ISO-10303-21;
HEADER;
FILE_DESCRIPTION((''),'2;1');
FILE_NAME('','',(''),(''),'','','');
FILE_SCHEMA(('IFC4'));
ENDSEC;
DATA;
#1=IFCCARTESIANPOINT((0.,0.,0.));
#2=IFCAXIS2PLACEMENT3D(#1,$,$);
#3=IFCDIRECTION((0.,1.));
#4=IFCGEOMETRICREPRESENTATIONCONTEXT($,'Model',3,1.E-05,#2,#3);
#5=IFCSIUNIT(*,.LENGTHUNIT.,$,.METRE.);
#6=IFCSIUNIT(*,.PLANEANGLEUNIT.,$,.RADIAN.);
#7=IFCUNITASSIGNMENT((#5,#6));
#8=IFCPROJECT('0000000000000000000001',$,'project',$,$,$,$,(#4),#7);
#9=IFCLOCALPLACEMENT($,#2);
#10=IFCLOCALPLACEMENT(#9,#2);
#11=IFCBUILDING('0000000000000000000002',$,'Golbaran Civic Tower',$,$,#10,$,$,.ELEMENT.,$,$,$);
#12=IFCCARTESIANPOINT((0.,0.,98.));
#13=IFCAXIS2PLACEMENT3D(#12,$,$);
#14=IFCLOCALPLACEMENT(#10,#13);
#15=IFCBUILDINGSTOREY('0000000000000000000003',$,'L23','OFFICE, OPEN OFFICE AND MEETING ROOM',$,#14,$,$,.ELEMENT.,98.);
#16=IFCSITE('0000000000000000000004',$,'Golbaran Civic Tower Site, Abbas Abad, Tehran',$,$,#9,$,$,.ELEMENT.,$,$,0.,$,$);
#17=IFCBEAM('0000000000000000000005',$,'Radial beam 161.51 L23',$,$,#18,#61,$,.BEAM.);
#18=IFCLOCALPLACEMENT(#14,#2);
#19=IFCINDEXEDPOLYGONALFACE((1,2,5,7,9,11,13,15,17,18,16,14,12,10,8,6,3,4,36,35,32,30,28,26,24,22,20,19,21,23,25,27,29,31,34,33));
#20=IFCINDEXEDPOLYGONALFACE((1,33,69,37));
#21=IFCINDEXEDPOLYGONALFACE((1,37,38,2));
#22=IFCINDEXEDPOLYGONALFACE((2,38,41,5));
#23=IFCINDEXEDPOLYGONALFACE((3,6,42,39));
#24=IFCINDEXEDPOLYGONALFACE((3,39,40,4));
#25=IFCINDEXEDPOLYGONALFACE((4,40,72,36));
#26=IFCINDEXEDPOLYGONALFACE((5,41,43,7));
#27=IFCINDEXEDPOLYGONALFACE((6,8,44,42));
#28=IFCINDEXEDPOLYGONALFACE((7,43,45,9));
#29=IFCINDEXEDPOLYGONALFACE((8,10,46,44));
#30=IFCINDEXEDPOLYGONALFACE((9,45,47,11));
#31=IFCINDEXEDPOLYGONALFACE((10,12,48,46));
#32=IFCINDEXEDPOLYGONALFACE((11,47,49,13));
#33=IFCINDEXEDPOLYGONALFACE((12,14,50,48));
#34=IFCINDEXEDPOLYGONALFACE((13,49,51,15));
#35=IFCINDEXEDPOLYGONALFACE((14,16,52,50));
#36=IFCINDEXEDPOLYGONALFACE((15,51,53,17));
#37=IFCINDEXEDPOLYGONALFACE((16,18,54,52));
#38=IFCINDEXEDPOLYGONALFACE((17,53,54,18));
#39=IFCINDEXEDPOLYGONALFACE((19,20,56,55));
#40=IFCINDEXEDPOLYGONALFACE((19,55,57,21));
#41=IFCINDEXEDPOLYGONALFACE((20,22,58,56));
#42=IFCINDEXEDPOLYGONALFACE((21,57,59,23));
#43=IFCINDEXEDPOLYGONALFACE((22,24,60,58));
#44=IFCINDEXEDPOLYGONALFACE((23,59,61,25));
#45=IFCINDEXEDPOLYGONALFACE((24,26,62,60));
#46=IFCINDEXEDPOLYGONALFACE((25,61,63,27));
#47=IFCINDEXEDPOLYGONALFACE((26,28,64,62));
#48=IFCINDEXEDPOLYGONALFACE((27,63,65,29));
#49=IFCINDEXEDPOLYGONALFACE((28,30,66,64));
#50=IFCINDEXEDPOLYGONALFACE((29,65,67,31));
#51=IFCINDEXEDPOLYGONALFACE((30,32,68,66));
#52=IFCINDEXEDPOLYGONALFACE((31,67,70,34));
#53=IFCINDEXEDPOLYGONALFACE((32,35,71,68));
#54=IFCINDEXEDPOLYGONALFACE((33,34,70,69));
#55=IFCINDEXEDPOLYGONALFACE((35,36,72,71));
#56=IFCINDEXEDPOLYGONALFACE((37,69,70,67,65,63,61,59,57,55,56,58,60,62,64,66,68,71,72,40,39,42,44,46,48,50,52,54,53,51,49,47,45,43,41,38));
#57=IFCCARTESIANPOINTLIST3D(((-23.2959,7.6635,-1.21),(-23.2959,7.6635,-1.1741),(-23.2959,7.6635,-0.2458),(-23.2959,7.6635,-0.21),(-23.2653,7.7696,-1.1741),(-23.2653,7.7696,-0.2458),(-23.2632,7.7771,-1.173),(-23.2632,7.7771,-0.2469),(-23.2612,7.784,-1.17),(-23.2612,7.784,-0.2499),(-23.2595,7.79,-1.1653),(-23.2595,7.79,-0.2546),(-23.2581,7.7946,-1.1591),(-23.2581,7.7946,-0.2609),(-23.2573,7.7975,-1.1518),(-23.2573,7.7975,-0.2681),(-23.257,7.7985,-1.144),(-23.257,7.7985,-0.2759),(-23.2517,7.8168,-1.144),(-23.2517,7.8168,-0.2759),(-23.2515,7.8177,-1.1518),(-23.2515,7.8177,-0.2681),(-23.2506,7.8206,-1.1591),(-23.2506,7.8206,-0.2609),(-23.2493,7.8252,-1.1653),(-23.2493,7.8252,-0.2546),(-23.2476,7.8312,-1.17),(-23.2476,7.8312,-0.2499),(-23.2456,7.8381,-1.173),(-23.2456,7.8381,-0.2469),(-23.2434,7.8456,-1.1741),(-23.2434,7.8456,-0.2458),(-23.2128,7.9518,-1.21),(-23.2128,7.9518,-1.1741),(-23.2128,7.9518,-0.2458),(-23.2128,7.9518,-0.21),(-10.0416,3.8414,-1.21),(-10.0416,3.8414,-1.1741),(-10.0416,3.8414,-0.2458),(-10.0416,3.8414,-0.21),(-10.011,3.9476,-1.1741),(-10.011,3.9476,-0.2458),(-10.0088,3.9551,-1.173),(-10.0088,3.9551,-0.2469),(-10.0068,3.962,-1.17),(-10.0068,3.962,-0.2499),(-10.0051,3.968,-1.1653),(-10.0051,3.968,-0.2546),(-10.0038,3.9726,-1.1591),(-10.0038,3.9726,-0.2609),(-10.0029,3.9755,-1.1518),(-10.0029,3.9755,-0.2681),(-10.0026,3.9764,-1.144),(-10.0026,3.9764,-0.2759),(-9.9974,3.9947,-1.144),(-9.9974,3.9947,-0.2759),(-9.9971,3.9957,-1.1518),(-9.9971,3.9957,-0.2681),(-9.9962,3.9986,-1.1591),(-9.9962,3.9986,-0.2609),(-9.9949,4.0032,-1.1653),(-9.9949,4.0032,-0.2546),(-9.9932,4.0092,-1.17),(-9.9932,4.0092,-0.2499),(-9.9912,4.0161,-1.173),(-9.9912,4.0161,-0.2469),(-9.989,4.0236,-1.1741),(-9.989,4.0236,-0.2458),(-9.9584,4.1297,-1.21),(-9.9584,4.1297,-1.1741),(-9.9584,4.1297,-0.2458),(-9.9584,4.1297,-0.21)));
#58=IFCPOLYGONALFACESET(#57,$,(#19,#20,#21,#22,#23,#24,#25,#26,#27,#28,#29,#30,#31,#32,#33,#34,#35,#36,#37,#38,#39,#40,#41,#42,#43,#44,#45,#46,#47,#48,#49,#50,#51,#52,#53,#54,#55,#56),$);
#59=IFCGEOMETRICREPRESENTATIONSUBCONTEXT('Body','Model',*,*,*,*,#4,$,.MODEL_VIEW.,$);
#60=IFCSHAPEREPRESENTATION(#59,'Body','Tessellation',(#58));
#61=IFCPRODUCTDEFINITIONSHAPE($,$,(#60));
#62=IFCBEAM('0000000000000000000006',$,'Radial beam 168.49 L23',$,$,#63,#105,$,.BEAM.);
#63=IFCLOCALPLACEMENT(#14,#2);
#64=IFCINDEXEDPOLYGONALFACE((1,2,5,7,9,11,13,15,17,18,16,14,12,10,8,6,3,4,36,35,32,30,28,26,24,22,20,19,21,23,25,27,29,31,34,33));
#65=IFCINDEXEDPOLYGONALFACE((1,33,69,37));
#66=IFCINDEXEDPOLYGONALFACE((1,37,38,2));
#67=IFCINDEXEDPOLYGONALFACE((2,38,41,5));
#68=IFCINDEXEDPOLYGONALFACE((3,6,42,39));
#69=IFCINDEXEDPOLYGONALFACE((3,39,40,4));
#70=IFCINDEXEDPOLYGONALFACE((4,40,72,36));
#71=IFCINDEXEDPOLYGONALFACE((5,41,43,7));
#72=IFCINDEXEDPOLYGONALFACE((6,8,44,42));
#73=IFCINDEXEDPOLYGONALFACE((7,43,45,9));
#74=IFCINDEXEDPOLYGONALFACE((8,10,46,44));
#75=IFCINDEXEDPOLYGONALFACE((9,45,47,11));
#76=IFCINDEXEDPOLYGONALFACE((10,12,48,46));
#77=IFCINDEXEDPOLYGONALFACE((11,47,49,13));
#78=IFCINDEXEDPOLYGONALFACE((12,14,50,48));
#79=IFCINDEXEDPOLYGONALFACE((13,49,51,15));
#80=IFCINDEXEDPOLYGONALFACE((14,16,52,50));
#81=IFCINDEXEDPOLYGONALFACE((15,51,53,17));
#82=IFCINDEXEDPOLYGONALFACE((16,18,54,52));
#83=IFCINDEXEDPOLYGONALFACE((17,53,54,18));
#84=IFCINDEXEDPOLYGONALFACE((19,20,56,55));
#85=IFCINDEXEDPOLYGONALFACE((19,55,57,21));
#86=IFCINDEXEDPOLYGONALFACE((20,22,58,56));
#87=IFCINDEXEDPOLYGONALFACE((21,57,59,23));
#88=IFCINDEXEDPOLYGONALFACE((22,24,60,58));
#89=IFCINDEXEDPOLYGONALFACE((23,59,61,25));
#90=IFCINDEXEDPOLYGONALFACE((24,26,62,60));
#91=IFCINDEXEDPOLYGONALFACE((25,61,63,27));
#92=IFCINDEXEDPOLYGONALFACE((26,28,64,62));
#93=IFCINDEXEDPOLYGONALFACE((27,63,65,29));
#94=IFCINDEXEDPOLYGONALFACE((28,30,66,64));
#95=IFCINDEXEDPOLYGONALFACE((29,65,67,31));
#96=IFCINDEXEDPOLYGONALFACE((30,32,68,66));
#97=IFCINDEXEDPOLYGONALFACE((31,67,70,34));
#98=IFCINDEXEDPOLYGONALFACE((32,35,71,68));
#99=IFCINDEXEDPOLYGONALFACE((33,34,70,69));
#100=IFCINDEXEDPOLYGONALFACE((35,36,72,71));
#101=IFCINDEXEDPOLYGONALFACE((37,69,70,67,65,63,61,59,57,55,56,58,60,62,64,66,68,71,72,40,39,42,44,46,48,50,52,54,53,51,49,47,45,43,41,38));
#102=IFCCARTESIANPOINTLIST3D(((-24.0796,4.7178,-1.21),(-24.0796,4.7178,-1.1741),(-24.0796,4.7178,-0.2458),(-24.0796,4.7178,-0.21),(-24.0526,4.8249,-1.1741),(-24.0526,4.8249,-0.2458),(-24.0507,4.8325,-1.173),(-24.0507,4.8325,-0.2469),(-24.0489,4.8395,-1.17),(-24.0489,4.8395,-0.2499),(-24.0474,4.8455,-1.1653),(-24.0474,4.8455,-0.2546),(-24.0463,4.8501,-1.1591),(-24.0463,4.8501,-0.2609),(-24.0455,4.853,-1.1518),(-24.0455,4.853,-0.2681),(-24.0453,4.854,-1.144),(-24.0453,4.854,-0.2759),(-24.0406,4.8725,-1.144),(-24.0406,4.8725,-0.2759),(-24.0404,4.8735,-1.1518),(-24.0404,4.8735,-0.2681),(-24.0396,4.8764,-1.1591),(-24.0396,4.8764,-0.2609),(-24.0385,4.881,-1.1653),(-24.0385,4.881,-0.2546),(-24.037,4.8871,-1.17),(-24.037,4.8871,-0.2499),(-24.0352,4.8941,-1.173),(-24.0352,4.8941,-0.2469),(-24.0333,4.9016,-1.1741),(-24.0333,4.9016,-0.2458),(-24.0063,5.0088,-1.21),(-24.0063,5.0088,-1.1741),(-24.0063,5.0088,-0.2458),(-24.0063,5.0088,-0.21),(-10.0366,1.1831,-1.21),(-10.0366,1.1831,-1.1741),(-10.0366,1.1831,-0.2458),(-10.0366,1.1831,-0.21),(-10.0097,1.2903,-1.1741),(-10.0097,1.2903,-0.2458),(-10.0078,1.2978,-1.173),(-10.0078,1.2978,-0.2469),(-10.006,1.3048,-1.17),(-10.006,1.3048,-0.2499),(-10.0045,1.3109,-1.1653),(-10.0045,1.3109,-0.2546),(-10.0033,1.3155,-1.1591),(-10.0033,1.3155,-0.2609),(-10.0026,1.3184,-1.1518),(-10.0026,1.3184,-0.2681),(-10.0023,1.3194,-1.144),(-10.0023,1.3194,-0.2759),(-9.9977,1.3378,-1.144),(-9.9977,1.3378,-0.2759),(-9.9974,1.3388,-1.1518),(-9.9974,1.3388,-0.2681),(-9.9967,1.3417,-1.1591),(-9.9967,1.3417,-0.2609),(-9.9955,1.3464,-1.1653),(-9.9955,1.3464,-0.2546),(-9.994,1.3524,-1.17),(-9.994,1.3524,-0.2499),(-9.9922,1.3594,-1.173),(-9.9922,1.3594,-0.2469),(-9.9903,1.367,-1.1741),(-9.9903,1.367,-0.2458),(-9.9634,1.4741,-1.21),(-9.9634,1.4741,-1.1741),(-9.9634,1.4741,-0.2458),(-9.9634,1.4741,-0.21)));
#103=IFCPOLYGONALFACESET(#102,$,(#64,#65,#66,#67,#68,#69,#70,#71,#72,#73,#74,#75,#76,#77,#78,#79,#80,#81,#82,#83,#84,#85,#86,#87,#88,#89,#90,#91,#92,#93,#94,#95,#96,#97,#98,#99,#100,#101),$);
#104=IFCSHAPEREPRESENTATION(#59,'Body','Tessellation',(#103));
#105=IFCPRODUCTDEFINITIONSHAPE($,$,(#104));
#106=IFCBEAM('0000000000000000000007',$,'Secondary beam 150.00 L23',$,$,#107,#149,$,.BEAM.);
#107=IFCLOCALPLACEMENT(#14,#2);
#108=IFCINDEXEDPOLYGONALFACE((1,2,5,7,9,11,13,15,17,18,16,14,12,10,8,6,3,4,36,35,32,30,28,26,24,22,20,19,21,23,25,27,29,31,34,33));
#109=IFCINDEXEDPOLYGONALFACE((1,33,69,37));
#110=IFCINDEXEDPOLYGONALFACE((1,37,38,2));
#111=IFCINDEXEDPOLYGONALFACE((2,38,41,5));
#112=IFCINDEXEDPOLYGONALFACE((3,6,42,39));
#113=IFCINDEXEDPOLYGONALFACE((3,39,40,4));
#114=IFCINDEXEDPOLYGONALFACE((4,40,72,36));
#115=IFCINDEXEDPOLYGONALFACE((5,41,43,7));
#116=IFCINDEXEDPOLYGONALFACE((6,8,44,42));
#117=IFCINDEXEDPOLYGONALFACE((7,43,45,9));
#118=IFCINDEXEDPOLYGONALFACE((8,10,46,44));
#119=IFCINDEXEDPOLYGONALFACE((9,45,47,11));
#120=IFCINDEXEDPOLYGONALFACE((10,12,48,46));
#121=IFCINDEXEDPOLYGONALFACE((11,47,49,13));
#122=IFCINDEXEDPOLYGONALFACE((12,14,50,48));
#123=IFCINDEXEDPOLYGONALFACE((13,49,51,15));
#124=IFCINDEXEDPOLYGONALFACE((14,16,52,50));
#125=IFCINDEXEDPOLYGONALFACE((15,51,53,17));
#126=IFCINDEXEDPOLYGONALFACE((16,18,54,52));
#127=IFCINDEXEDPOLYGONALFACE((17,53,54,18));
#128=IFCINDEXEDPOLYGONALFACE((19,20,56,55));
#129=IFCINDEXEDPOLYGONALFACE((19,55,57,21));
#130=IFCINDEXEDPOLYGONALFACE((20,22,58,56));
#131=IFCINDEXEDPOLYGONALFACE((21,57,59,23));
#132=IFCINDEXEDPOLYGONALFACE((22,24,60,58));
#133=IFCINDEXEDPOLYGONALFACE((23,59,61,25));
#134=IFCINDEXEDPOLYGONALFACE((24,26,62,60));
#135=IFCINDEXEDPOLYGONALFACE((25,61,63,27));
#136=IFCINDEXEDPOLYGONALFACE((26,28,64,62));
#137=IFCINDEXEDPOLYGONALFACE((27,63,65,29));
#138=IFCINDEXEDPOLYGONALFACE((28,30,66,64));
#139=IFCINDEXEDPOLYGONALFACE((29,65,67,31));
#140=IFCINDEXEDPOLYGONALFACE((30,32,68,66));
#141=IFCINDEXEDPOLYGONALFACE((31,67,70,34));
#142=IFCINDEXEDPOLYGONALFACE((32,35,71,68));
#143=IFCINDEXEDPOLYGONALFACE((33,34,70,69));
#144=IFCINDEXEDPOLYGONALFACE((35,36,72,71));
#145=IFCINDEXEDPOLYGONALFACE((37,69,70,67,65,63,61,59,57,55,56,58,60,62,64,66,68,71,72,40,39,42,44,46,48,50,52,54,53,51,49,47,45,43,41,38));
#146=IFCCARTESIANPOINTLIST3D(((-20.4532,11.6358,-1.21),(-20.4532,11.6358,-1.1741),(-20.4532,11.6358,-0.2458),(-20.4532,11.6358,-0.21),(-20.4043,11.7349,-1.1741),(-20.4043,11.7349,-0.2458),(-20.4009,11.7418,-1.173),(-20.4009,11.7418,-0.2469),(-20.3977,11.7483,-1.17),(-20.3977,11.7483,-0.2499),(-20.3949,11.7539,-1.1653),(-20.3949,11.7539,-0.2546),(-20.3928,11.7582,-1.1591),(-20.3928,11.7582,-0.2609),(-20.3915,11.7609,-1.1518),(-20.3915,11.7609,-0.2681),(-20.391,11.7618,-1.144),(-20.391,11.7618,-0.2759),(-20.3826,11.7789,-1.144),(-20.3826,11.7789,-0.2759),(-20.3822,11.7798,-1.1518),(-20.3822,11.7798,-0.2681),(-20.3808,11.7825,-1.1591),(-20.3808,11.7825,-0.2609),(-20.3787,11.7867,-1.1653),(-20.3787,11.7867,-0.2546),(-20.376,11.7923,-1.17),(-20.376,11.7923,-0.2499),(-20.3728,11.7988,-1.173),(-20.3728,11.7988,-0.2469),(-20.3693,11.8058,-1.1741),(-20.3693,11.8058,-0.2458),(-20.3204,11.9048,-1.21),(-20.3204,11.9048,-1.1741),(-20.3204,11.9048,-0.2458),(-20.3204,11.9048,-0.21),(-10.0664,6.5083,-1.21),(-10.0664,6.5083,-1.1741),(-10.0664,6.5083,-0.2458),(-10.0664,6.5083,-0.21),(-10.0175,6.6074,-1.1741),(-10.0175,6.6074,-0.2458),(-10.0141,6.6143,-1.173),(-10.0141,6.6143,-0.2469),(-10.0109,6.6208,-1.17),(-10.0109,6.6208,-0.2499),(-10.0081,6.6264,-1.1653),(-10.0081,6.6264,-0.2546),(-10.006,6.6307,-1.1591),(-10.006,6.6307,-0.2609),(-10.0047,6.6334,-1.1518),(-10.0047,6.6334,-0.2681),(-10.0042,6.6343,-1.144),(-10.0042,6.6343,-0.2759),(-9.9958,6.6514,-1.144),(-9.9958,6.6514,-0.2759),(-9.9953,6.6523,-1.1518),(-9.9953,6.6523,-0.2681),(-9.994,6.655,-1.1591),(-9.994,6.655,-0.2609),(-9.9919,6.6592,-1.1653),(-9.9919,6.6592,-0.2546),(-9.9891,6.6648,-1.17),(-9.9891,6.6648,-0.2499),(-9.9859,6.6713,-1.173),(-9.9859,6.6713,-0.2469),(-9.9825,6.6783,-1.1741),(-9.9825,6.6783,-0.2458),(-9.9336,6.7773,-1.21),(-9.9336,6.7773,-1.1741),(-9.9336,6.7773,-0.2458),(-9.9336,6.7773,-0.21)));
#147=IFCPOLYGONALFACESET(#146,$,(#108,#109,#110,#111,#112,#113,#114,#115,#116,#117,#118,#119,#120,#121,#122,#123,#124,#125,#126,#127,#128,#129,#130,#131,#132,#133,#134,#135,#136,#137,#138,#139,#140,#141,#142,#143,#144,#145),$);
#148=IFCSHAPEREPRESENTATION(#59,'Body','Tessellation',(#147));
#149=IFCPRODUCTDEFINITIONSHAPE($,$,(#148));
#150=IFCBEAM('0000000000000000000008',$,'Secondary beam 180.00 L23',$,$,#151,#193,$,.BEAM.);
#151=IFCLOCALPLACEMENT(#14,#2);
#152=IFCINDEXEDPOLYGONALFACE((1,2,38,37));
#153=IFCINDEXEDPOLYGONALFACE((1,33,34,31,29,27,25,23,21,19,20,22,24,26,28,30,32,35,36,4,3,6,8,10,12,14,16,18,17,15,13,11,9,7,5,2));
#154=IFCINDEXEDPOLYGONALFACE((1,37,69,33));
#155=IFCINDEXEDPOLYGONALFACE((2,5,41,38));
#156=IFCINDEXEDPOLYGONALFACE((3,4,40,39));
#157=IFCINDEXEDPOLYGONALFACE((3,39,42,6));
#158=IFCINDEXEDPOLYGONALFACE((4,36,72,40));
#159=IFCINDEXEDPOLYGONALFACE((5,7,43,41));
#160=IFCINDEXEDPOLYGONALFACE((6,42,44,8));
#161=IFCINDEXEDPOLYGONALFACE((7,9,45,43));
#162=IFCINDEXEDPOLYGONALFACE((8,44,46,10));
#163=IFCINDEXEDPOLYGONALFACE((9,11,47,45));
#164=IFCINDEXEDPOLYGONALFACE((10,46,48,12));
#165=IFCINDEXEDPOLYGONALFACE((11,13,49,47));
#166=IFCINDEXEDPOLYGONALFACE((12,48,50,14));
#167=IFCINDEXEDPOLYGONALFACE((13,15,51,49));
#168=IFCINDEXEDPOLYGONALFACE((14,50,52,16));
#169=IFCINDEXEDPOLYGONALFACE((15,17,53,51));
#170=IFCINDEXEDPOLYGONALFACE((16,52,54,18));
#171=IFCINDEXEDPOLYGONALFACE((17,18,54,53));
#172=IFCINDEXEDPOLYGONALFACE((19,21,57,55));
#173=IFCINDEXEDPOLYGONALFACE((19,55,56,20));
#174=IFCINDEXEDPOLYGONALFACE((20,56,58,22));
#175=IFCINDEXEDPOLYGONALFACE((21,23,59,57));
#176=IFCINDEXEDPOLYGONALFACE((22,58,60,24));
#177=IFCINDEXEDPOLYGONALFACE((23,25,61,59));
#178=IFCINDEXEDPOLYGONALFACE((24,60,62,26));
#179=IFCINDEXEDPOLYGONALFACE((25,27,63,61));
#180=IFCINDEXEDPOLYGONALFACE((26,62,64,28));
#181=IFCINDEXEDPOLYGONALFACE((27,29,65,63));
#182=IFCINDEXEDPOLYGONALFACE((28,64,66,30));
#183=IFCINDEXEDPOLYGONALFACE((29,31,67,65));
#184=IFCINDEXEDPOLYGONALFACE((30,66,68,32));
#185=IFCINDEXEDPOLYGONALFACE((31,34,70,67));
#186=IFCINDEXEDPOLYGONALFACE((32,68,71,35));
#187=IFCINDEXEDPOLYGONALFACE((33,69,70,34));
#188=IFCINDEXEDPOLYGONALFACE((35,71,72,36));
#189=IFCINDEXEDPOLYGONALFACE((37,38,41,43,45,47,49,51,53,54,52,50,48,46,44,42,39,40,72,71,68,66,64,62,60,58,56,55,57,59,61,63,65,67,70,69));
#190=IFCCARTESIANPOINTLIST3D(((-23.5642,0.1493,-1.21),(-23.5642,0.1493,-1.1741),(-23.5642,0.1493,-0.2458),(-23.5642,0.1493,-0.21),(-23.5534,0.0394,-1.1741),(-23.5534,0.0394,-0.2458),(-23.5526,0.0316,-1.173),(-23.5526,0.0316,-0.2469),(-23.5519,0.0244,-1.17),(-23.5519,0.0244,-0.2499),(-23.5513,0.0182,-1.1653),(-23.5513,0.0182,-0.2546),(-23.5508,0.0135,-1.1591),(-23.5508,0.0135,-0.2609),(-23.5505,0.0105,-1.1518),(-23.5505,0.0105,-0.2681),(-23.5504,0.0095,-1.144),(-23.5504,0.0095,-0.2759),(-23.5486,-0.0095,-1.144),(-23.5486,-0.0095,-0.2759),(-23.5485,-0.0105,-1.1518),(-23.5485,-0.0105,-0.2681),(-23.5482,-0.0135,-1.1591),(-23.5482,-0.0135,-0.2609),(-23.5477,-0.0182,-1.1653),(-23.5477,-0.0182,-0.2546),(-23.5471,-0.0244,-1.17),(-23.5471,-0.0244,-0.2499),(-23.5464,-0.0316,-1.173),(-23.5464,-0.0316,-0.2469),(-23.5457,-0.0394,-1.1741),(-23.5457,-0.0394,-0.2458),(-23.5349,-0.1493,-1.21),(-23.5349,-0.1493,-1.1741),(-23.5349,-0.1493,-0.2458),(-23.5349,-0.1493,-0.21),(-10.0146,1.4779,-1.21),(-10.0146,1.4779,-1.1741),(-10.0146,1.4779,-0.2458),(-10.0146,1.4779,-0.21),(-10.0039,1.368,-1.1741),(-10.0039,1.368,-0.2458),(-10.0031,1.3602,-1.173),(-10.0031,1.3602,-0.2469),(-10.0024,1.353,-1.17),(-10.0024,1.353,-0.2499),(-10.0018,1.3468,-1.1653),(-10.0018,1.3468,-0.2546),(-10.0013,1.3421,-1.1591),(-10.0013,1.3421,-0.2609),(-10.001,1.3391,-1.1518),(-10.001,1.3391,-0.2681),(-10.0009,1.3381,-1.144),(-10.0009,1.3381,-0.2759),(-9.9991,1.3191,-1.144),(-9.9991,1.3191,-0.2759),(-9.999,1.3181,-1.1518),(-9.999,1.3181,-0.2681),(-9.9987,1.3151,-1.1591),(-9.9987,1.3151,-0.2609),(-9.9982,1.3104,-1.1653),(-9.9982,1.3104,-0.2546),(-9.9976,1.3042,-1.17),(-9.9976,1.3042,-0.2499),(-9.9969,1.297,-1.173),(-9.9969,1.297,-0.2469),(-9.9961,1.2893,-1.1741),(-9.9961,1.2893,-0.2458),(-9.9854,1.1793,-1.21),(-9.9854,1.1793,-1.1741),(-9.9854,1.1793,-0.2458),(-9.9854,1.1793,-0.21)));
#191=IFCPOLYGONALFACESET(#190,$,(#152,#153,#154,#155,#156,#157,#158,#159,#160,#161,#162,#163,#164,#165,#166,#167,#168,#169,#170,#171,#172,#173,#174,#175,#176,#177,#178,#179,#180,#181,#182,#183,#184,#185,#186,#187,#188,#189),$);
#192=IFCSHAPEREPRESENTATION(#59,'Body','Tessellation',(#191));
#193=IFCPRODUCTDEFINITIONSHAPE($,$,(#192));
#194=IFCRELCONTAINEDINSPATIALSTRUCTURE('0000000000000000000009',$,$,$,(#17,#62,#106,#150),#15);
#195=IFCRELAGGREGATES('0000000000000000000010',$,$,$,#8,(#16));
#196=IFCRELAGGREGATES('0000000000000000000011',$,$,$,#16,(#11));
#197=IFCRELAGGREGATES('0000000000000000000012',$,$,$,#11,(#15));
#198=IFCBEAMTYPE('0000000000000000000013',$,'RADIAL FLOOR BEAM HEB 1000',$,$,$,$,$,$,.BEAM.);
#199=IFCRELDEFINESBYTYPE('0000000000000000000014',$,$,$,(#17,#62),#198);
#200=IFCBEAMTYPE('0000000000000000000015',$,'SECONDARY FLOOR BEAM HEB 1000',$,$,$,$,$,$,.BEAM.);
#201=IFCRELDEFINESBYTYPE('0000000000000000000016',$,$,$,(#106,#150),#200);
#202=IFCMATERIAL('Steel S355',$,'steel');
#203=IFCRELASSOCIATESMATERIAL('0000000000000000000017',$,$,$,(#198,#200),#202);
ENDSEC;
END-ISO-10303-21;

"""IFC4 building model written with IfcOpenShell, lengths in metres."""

from ifc_helpers import new_model, si_unit, direction, frame, origin, origin_2d, place, context, subcontext, project, spatial, i_section, extrude, material, material_profile, profile_set, type_object, element, save


model = new_model("IFC4")

# Units and contexts
model_context = context("Model", 3, precision=1e-05, world=origin(), true_north=direction((0.0, 1.0)))
body_context = subcontext(model_context, "Body", "Model", "MODEL_VIEW")
ifc_project = project(units=[si_unit("LENGTHUNIT", "METRE"), si_unit("PLANEANGLEUNIT", "RADIAN")], contexts=[model_context])

# Site, building, storey
site_placement = place(None, origin())
site = spatial("IfcSite", under=ifc_project, at=site_placement, Name="Golbaran Civic Tower Site, Abbas Abad, Tehran", CompositionType="ELEMENT", RefElevation=0.0)
building_placement = place(site_placement, origin())
building = spatial("IfcBuilding", under=site, at=building_placement, Name="Golbaran Civic Tower", CompositionType="ELEMENT")
storey_placement = place(building_placement, frame((0.0, 0.0, 98.0)))
storey = spatial("IfcBuildingStorey", under=building, at=storey_placement, Name="L23", Description="OFFICE, OPEN OFFICE AND MEETING ROOM", CompositionType="ELEMENT", Elevation=98.0)

# Beams
ifc_material_1 = material(Name="Steel S355", Category="steel")
ifc_material_profile_1 = material_profile(ifc_material_1, i_section(OverallWidth=0.3, OverallDepth=1.0, WebThickness=0.019, FlangeThickness=0.0359, FilletRadius=0.03, at=origin_2d()), Name="HEB 1000")
ifc_profile_set_1 = profile_set([ifc_material_profile_1], Name="Steel S355")
beam_type_1 = type_object("IfcBeamType", Name="RADIAL FLOOR BEAM HEB 1000", PredefinedType="BEAM", material=ifc_profile_set_1)
beam_1_placement = place(storey_placement, frame((-10.0, 3.9856, -0.71), z_axis=(-0.96085, 0.27707, 0.0), x_axis=(-0.27707, -0.96085, 0.0)))
element("IfcBeam", 1, at=beam_1_placement, inside=storey, type_object=beam_type_1, Name="Radial beam 161.51 L23", PredefinedType="BEAM", context=body_context, shape_type="SweptSolid", body=[
    extrude(i_section(OverallWidth=0.3, OverallDepth=1.0, WebThickness=0.019, FlangeThickness=0.0359, FilletRadius=0.03, at=origin_2d()), origin(), (0.0, 0.0, 1.0), 13.7944),
])
beam_2_placement = place(storey_placement, frame((-10.0, 1.3286, -0.71), z_axis=(-0.969752, 0.24409, 0.0), x_axis=(-0.24409, -0.969752, 0.0)))
element("IfcBeam", 2, at=beam_2_placement, inside=storey, type_object=beam_type_1, Name="Radial beam 168.49 L23", PredefinedType="BEAM", context=body_context, shape_type="SweptSolid", body=[
    extrude(i_section(OverallWidth=0.3, OverallDepth=1.0, WebThickness=0.019, FlangeThickness=0.0359, FilletRadius=0.03, at=origin_2d()), origin(), (0.0, 0.0, 1.0), 14.481),
])
ifc_material_profile_2 = material_profile(ifc_material_1, i_section(OverallWidth=0.3, OverallDepth=1.0, WebThickness=0.019, FlangeThickness=0.0359, FilletRadius=0.03, at=origin_2d()), Name="HEB 1000")
ifc_profile_set_2 = profile_set([ifc_material_profile_2], Name="Steel S355")
beam_type_2 = type_object("IfcBeamType", Name="SECONDARY FLOOR BEAM HEB 1000", PredefinedType="BEAM", material=ifc_profile_set_2)
beam_3_placement = place(storey_placement, frame((-10.0, 6.6428, -0.71), z_axis=(-0.896692, 0.442655, 0.0), x_axis=(-0.442655, -0.896692, 0.0)))
element("IfcBeam", 3, at=beam_3_placement, inside=storey, type_object=beam_type_2, Name="Secondary beam 150.00 L23", PredefinedType="BEAM", context=body_context, shape_type="SweptSolid", body=[
    extrude(i_section(OverallWidth=0.3, OverallDepth=1.0, WebThickness=0.019, FlangeThickness=0.0359, FilletRadius=0.03, at=origin_2d()), origin(), (0.0, 0.0, 1.0), 11.5835),
])
beam_4_placement = place(storey_placement, frame((-10.0, 1.3286, -0.71), z_axis=(-0.995227, -0.097588, 0.0), x_axis=(0.097588, -0.995227, 0.0)))
element("IfcBeam", 4, at=beam_4_placement, inside=storey, type_object=beam_type_2, Name="Secondary beam 180.00 L23", PredefinedType="BEAM", context=body_context, shape_type="SweptSolid", body=[
    extrude(i_section(OverallWidth=0.3, OverallDepth=1.0, WebThickness=0.019, FlangeThickness=0.0359, FilletRadius=0.03, at=origin_2d()), origin(), (0.0, 0.0, 1.0), 13.6145),
])

save(model, "model.ifc")
